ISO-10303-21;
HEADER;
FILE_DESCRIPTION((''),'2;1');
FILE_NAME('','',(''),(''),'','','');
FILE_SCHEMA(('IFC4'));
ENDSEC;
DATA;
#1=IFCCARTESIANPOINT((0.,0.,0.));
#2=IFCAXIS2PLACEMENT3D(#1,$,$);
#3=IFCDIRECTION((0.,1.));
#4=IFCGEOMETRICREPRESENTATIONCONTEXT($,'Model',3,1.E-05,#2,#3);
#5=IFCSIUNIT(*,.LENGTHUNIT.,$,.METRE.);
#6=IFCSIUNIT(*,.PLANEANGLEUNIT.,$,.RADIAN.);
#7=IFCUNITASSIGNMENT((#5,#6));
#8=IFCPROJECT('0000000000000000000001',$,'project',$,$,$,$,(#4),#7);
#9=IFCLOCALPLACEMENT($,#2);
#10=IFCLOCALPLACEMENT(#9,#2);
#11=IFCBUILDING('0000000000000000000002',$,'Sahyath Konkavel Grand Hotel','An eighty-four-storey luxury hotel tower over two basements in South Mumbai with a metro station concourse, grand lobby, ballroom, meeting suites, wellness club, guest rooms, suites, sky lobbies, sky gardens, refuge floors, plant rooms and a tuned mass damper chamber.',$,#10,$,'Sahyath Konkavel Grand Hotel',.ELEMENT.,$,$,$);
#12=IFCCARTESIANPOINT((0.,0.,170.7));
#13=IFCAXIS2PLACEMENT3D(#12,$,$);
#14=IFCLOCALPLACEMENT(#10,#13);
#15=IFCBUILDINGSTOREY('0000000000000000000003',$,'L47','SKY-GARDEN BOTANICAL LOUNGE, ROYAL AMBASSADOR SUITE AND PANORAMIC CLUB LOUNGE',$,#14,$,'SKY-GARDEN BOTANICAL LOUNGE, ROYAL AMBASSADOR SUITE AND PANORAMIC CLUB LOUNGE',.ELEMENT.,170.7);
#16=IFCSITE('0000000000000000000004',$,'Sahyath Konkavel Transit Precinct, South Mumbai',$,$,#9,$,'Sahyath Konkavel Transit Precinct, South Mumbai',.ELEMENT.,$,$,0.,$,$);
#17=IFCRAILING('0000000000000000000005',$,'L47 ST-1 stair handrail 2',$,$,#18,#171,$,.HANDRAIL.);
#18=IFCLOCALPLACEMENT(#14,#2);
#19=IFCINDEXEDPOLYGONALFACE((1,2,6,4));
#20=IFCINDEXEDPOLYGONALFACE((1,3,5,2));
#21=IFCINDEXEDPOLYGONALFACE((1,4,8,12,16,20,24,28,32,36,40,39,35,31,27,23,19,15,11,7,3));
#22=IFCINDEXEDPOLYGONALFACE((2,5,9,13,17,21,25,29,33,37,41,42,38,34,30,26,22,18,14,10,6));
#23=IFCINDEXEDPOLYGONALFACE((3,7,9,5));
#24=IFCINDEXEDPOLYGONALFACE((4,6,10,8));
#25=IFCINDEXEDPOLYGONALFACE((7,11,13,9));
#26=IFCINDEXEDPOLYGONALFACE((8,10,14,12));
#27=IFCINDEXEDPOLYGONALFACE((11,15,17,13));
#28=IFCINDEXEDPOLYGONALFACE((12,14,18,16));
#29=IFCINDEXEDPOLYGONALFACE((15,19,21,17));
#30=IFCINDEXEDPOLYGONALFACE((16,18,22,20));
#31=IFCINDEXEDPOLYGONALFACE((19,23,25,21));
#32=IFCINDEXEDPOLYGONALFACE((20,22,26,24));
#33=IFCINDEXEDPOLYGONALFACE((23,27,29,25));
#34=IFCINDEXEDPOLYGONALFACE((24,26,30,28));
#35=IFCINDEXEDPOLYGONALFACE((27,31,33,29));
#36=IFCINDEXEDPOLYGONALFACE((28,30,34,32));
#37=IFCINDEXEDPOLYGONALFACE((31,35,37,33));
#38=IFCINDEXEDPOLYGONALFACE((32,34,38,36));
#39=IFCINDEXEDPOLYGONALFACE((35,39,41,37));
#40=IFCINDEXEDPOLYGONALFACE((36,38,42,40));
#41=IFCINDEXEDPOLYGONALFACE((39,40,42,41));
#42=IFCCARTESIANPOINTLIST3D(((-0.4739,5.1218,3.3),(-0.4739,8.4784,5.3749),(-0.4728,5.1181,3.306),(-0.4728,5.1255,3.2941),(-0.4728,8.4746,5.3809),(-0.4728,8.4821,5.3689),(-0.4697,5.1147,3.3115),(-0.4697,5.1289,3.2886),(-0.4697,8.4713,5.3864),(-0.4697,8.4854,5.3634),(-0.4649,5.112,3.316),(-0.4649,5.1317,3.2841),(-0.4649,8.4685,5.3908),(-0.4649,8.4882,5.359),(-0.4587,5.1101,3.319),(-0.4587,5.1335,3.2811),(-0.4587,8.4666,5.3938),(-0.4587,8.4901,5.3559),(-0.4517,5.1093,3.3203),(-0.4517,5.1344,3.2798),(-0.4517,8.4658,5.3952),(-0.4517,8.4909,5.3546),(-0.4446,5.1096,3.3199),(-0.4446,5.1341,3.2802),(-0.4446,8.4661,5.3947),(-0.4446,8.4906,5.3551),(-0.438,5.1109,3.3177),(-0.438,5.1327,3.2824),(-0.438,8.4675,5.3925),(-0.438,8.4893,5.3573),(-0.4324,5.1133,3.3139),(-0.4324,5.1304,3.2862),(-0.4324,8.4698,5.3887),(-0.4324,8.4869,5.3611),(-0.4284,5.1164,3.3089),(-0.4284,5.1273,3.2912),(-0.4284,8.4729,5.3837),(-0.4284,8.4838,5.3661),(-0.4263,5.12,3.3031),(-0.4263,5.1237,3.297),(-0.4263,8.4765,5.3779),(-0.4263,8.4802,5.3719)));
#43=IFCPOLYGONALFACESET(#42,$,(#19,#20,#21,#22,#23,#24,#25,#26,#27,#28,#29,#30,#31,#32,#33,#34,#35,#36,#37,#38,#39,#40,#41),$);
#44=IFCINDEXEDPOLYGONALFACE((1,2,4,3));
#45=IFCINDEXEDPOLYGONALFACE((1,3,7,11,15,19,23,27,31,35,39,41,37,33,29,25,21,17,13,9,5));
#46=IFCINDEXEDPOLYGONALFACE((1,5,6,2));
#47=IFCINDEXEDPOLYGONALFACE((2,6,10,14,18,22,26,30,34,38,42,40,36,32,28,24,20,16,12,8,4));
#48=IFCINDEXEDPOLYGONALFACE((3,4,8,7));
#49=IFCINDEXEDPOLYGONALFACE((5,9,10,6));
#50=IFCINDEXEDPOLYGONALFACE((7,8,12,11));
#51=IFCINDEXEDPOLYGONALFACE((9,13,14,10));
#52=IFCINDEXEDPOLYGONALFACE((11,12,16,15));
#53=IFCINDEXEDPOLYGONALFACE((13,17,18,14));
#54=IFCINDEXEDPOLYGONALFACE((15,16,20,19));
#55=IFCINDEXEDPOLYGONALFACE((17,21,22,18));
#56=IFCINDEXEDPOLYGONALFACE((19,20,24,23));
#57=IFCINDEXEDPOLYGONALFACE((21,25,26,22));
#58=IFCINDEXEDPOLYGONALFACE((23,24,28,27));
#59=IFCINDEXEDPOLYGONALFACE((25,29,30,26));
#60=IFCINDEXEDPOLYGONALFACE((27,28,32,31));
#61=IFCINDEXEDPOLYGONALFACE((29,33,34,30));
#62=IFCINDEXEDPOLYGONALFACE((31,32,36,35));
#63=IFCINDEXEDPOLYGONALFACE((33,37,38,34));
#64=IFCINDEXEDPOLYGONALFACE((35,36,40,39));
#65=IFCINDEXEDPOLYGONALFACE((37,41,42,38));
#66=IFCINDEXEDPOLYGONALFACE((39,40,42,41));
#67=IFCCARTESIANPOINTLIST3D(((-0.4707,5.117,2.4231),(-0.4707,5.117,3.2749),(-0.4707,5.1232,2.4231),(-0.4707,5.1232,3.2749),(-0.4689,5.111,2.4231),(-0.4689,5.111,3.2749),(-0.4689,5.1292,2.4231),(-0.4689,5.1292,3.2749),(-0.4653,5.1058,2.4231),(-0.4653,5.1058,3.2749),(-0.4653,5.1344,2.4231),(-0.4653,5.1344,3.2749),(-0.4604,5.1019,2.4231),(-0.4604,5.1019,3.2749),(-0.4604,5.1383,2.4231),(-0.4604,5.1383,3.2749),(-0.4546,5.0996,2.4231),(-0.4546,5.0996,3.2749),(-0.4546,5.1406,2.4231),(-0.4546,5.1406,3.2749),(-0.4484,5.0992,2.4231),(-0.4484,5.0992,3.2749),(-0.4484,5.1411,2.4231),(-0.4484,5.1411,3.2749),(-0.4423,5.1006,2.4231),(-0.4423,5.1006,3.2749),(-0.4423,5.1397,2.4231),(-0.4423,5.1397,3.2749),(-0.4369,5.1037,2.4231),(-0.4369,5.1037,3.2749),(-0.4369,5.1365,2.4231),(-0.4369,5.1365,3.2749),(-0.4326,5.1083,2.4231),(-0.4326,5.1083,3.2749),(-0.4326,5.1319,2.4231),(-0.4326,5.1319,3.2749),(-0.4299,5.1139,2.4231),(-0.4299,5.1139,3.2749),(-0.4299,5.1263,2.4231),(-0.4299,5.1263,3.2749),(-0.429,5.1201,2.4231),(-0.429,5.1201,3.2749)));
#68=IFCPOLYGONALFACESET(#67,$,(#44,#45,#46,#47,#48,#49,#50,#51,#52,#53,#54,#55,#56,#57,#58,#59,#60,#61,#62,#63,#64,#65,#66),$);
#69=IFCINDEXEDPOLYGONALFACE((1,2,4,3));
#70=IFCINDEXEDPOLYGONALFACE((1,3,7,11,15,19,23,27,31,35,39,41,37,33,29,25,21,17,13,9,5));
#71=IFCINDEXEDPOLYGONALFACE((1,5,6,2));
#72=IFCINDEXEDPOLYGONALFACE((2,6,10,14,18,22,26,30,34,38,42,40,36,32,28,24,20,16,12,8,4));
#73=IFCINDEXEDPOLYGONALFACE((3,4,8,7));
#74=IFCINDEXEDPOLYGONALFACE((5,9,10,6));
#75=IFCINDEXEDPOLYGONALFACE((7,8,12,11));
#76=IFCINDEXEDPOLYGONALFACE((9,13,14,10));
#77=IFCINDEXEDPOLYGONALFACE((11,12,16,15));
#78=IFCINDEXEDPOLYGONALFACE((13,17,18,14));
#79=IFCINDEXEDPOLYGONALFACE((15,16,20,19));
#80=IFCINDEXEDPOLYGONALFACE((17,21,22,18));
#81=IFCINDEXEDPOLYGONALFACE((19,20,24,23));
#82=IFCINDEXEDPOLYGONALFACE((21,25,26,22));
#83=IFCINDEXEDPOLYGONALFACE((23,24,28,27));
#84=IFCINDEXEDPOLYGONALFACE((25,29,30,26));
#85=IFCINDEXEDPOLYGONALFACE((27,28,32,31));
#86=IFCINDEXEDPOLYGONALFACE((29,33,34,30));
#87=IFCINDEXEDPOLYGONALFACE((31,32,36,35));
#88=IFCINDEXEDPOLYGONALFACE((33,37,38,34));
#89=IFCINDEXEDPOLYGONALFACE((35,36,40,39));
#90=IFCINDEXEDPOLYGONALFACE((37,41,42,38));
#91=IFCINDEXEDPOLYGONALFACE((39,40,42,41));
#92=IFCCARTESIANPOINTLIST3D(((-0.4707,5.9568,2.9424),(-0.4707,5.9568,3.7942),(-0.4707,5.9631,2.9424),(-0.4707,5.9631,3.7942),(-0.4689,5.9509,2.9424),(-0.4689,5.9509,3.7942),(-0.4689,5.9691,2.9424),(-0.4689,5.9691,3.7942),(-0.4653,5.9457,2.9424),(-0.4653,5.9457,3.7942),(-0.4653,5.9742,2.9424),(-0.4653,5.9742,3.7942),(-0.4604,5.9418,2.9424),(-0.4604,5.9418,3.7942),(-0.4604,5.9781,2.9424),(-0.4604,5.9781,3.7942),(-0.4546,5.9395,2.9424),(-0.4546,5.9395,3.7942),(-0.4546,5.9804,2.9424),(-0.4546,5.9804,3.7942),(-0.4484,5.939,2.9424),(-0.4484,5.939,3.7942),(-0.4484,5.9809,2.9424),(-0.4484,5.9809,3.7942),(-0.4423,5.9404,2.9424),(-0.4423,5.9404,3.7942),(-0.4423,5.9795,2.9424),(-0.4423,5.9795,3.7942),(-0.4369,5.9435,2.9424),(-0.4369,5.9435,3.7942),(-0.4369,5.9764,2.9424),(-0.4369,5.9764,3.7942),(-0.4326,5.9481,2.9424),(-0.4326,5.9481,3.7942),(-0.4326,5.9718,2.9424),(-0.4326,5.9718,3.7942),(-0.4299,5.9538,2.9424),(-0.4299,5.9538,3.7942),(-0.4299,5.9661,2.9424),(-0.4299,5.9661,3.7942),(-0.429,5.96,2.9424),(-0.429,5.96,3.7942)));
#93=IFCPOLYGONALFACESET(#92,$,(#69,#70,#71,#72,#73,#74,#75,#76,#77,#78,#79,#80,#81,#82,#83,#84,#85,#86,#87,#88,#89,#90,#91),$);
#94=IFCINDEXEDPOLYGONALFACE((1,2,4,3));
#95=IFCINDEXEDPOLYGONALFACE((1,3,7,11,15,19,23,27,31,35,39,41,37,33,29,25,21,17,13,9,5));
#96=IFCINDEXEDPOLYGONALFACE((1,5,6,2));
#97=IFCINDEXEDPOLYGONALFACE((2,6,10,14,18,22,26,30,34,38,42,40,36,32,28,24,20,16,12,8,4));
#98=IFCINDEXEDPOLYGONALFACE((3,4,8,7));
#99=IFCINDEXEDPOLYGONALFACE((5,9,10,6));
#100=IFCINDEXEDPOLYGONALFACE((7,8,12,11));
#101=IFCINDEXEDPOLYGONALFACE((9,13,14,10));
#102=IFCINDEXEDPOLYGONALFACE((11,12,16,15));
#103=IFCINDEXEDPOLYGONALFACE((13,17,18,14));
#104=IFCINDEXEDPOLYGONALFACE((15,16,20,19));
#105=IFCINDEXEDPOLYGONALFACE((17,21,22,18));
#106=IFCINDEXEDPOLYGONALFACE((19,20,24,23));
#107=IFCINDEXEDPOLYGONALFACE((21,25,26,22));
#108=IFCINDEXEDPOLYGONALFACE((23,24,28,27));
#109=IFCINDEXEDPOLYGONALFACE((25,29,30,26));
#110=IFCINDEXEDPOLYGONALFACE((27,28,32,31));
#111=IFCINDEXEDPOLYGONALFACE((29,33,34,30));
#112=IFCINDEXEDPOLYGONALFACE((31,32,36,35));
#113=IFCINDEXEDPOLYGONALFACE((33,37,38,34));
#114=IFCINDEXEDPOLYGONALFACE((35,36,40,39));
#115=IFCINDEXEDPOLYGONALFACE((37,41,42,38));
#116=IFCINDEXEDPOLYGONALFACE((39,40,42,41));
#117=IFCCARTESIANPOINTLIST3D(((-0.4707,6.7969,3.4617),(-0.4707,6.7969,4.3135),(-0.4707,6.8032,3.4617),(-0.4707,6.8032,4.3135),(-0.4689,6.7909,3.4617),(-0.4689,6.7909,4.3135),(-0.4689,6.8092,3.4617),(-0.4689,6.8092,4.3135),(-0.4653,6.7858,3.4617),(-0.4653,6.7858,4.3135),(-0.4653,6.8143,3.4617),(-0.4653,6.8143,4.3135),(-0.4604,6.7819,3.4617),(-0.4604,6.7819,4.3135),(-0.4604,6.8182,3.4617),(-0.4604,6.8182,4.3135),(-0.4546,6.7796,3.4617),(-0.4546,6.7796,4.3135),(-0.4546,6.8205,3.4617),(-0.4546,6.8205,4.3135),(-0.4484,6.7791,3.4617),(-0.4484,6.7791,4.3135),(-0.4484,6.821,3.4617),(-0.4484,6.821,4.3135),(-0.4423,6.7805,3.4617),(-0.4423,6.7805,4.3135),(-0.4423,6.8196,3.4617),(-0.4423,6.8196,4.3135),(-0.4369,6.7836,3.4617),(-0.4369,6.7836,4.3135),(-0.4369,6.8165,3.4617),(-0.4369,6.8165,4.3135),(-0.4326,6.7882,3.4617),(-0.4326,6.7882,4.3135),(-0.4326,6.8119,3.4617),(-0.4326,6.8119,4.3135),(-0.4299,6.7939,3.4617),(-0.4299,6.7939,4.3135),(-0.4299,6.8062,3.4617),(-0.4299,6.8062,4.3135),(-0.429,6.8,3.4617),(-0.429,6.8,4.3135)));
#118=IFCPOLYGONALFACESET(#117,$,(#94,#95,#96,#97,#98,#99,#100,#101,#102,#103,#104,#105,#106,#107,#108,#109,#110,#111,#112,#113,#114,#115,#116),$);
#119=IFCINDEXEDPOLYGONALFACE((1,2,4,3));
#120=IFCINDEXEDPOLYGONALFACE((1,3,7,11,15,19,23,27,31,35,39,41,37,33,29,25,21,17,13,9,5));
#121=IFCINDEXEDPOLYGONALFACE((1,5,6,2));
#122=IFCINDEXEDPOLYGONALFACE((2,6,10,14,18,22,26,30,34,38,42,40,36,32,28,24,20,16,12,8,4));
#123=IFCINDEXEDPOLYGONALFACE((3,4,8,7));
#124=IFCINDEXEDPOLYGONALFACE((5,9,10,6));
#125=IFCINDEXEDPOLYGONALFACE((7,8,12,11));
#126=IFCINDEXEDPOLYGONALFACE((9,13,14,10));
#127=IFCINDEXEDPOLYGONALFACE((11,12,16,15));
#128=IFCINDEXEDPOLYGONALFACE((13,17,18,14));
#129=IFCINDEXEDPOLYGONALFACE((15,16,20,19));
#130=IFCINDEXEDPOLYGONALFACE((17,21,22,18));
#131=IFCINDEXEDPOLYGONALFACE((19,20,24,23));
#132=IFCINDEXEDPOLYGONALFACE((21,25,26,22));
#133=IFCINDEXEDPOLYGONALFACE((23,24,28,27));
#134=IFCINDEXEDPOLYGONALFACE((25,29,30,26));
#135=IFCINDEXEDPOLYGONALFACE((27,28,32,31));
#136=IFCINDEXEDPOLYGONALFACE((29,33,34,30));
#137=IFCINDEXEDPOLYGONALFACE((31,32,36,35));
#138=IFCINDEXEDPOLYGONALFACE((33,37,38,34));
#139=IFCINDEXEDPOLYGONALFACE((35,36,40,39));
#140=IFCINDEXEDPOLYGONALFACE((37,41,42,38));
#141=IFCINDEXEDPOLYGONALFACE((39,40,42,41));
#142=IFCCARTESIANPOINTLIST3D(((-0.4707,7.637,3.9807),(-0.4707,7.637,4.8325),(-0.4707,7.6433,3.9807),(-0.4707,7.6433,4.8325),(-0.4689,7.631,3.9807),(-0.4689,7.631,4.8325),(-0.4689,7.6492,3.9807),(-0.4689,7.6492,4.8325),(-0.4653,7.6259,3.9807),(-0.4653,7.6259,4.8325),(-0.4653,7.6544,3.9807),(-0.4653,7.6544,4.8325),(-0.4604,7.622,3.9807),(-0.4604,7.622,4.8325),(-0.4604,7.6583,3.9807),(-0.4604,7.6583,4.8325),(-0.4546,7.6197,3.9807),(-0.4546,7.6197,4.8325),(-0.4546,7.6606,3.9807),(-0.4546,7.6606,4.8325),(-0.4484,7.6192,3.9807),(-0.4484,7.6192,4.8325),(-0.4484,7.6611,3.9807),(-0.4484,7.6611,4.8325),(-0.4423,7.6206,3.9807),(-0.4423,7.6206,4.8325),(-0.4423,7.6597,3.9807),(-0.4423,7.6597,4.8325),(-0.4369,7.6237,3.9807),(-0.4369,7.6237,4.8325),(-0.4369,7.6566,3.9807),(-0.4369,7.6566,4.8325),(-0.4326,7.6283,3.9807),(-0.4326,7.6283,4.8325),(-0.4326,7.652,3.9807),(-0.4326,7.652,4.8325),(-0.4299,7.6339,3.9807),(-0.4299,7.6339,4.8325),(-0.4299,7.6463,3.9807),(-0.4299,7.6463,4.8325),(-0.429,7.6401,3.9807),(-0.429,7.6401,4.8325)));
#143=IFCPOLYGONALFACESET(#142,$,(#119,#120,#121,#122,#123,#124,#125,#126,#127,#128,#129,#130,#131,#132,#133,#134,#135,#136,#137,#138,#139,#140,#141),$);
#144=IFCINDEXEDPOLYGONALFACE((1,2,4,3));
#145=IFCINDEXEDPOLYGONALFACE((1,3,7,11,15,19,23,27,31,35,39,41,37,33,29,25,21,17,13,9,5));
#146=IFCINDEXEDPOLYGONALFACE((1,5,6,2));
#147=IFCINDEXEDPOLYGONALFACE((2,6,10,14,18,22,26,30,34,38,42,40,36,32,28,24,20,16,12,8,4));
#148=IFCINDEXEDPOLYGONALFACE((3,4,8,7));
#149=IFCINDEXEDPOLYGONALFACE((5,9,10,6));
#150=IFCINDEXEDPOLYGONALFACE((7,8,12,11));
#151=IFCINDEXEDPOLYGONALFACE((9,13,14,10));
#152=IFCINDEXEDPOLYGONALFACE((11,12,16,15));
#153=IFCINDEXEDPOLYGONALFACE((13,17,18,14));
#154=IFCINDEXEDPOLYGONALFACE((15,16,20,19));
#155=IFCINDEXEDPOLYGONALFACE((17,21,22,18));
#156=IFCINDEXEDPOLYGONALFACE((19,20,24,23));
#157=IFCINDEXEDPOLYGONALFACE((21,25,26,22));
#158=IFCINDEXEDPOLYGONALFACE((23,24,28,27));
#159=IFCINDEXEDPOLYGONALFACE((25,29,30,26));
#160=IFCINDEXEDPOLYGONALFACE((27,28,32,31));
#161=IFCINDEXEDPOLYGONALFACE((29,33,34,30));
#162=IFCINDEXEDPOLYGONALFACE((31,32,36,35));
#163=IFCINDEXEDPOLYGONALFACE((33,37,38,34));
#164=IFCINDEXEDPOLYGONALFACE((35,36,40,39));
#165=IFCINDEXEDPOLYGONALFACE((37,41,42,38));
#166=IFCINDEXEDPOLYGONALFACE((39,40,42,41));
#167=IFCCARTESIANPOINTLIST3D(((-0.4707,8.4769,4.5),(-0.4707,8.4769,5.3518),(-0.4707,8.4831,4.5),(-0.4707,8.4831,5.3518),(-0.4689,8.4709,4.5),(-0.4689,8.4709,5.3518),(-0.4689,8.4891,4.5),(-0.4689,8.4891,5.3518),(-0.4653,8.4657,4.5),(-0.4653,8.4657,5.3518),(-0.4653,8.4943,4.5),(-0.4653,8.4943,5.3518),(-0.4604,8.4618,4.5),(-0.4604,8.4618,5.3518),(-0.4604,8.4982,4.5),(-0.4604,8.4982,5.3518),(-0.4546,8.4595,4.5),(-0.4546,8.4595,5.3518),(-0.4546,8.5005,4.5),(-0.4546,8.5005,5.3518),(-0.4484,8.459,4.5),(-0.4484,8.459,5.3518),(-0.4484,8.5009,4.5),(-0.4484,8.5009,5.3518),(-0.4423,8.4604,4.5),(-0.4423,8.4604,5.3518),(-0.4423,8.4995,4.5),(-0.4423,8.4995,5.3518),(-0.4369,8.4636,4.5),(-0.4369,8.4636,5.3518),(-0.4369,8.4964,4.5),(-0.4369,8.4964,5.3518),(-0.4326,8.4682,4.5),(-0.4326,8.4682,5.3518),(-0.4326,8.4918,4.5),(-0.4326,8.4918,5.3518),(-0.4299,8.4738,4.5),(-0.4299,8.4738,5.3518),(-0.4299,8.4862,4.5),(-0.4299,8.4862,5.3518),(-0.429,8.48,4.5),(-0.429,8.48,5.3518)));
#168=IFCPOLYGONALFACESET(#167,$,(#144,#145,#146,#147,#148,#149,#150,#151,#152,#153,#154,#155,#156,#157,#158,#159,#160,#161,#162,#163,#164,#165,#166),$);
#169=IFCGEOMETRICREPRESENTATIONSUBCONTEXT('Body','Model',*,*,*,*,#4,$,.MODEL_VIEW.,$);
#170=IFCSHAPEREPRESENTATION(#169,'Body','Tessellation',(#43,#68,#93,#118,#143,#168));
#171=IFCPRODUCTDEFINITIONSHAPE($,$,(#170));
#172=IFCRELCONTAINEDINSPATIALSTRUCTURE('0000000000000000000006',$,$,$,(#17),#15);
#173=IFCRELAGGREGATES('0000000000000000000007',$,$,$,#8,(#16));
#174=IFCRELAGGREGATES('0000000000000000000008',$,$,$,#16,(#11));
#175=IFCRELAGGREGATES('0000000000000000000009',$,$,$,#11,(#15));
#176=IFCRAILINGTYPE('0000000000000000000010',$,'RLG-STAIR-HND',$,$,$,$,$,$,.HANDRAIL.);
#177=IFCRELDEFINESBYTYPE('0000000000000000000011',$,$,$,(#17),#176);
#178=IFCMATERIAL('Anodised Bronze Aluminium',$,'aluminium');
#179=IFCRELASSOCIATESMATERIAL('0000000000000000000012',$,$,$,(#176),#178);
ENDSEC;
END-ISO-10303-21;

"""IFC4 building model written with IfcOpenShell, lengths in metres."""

from ifc_helpers import new_model, si_unit, direction, frame, origin, origin_2d, place, context, subcontext, project, spatial, circle, extrude, material, type_object, element, save


model = new_model("IFC4")

# Units and contexts
model_context = context("Model", 3, precision=1e-05, world=origin(), true_north=direction((0.0, 1.0)))
body_context = subcontext(model_context, "Body", "Model", "MODEL_VIEW")
ifc_project = project(units=[si_unit("LENGTHUNIT", "METRE"), si_unit("PLANEANGLEUNIT", "RADIAN")], contexts=[model_context])

# Site, building, storey
site_placement = place(None, origin())
site = spatial("IfcSite", under=ifc_project, at=site_placement, Name="Sahyath Konkavel Transit Precinct, South Mumbai", LongName="Sahyath Konkavel Transit Precinct, South Mumbai", CompositionType="ELEMENT", RefElevation=0.0)
building_placement = place(site_placement, origin())
building = spatial("IfcBuilding", under=site, at=building_placement, Name="Sahyath Konkavel Grand Hotel", Description="An eighty-four-storey luxury hotel tower over two basements in South Mumbai with a metro station concourse, grand lobby, ballroom, meeting suites, wellness club, guest rooms, suites, sky lobbies, sky gardens, refuge floors, plant rooms and a tuned mass damper chamber.", LongName="Sahyath Konkavel Grand Hotel", CompositionType="ELEMENT")
storey_placement = place(building_placement, frame((0.0, 0.0, 170.7)))
storey = spatial("IfcBuildingStorey", under=building, at=storey_placement, Name="L47", Description="SKY-GARDEN BOTANICAL LOUNGE, ROYAL AMBASSADOR SUITE AND PANORAMIC CLUB LOUNGE", LongName="SKY-GARDEN BOTANICAL LOUNGE, ROYAL AMBASSADOR SUITE AND PANORAMIC CLUB LOUNGE", CompositionType="ELEMENT", Elevation=170.7)

# Railing
ifc_material_1 = material(Name="Anodised Bronze Aluminium", Category="aluminium")
railing_type_1 = type_object("IfcRailingType", Name="RLG-STAIR-HND", PredefinedType="HANDRAIL", material=ifc_material_1)
railing_1_placement = place(storey_placement, frame((-0.45, 5.1201, 2.4231)))
element("IfcRailing", 1, at=railing_1_placement, inside=storey, type_object=railing_type_1, Name="L47 ST-1 stair handrail 2", PredefinedType="HANDRAIL", context=body_context, shape_type="SweptSolid", body=[
    extrude(circle(Radius=0.0239, at=origin_2d()), frame((0.0, 0.0017, 0.877), z_axis=(0.0, 0.850606, 0.525803), x_axis=(-1.0, 0.0, 0.0)), (0.0, 0.0, 1.0), 3.946),
    extrude(circle(Radius=0.021, at=origin_2d()), origin(), (0.0, 0.0, 1.0), 0.8518),
    extrude(circle(Radius=0.021, at=origin_2d()), frame((0.0, 0.8398, 0.5193)), (0.0, 0.0, 1.0), 0.8518),
    extrude(circle(Radius=0.021, at=origin_2d()), frame((0.0, 1.6799, 1.0386)), (0.0, 0.0, 1.0), 0.8518),
    extrude(circle(Radius=0.021, at=origin_2d()), frame((0.0, 2.52, 1.5576)), (0.0, 0.0, 1.0), 0.8518),
    extrude(circle(Radius=0.021, at=origin_2d()), frame((0.0, 3.3599, 2.0769)), (0.0, 0.0, 1.0), 0.8518),
])

save(model, "model.ifc")
